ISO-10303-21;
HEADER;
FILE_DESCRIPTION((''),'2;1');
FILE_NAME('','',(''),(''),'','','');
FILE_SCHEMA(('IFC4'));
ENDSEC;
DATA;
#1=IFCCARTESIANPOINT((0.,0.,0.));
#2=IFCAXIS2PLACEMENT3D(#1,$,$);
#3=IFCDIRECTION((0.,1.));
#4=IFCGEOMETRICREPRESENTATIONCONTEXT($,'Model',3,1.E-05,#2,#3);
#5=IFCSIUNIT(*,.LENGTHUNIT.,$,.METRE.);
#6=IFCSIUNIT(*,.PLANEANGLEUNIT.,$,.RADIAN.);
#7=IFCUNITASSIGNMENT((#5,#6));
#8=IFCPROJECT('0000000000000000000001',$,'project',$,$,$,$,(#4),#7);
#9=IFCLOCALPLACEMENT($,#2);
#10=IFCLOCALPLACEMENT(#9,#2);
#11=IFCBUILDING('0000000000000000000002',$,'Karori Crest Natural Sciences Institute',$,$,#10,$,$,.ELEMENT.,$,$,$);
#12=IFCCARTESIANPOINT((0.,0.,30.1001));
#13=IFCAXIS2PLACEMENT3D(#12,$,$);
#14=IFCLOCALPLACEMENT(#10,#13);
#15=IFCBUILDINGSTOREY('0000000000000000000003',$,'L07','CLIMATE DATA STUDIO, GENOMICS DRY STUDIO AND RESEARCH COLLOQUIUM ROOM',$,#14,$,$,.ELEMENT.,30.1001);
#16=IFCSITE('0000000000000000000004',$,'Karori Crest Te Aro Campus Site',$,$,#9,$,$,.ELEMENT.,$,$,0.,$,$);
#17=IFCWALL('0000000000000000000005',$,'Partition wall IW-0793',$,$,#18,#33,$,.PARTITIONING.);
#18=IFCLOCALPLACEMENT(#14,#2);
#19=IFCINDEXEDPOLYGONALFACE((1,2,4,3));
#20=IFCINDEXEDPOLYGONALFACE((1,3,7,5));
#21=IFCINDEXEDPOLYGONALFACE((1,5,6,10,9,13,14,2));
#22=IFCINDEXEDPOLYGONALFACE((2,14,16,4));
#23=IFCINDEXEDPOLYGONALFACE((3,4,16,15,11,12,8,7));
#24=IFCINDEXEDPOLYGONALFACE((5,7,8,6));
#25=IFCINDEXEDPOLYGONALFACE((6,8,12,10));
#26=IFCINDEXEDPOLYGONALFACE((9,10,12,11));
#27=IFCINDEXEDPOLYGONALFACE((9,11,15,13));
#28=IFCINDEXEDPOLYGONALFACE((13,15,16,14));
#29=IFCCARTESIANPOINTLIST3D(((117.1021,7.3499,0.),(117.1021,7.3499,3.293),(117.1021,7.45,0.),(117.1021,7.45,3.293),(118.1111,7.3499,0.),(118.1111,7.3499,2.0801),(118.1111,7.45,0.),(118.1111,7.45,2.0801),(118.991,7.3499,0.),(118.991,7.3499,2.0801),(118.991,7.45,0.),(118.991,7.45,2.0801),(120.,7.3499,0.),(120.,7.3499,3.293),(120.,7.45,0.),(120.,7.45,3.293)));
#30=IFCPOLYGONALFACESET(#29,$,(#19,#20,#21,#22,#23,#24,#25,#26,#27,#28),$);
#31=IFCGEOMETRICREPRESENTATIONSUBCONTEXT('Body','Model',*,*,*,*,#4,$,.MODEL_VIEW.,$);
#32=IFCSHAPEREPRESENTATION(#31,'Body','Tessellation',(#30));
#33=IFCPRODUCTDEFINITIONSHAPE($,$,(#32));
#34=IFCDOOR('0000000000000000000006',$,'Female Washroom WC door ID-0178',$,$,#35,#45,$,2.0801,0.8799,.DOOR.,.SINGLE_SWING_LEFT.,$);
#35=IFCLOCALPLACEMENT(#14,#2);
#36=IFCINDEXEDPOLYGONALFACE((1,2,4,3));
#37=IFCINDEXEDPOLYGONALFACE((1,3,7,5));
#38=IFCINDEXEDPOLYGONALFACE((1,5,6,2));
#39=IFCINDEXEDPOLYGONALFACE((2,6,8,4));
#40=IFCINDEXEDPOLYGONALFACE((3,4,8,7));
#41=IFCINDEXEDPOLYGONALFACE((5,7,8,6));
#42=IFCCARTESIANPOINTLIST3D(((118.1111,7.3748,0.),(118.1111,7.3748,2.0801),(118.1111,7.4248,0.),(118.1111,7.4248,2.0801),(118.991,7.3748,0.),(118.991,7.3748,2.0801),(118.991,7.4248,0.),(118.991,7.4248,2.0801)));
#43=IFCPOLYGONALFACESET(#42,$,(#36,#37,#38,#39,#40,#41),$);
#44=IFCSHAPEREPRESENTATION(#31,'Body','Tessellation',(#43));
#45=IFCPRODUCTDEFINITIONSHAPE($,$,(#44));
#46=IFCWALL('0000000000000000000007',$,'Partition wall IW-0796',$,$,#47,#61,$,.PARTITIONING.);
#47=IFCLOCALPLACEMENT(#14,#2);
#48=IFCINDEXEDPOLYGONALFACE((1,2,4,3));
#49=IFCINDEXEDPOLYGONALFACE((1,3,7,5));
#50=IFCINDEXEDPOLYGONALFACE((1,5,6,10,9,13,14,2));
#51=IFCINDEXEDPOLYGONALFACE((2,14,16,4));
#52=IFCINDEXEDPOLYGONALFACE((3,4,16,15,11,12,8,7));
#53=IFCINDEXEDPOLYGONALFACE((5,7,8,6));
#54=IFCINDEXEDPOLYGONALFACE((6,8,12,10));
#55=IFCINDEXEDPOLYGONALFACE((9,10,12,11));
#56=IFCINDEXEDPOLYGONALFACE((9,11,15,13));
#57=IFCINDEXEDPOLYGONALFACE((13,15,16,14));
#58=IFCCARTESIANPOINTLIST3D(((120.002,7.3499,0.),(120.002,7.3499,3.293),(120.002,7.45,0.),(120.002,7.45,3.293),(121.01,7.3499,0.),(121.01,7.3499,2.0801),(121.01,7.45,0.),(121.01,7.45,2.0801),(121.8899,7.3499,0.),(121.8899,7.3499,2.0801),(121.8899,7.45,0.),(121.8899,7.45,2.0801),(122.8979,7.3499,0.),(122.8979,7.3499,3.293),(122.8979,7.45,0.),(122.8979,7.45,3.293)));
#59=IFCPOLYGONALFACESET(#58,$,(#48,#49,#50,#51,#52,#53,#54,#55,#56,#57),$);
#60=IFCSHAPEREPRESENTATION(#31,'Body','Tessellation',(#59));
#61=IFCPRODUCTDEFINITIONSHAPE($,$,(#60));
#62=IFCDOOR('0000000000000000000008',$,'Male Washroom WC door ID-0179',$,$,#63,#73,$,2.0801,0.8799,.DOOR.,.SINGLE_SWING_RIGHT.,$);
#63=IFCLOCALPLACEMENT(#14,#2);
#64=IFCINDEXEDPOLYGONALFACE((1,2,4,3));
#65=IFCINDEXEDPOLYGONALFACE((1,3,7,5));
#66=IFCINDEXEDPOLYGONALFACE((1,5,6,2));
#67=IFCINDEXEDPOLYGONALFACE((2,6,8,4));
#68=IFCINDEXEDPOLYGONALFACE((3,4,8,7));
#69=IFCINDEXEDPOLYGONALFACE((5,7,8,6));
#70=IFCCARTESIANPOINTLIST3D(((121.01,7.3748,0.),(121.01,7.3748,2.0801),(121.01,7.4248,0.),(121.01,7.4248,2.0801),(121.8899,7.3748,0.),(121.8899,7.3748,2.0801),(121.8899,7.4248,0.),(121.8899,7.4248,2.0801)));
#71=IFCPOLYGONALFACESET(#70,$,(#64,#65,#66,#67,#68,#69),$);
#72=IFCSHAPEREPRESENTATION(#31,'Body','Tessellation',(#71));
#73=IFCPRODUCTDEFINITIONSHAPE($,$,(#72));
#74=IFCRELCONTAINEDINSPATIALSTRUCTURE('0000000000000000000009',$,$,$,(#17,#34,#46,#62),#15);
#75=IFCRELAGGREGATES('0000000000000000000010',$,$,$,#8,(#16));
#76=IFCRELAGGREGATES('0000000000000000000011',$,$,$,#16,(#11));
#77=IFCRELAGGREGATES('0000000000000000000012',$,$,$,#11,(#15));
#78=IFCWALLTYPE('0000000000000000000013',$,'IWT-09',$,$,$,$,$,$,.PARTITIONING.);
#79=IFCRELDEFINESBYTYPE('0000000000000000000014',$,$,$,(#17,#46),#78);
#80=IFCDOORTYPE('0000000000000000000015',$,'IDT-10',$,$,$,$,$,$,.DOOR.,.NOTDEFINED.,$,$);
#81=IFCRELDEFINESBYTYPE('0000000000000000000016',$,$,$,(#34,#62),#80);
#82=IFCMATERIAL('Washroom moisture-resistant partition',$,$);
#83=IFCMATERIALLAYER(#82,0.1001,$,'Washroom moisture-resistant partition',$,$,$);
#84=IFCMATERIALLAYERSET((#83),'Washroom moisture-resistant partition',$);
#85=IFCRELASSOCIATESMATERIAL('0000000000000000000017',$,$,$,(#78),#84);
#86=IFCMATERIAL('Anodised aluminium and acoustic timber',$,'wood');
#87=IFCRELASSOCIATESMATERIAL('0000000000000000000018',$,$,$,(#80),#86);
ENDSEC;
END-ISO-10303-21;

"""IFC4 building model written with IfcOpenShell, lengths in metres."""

from ifc_helpers import new_model, si_unit, direction, frame, frame_2d, origin, place, context, subcontext, project, spatial, rectangle, extrude, material, layer, layer_set, type_object, element, fill, save


model = new_model("IFC4")

# Units and contexts
model_context = context("Model", 3, precision=1e-05, world=origin(), true_north=direction((0.0, 1.0)))
body_context = subcontext(model_context, "Body", "Model", "MODEL_VIEW")
ifc_project = project(units=[si_unit("LENGTHUNIT", "METRE"), si_unit("PLANEANGLEUNIT", "RADIAN")], contexts=[model_context])

# Site, building, storey
site_placement = place(None, origin())
site = spatial("IfcSite", under=ifc_project, at=site_placement, Name="Karori Crest Te Aro Campus Site", CompositionType="ELEMENT", RefElevation=0.0)
building_placement = place(site_placement, origin())
building = spatial("IfcBuilding", under=site, at=building_placement, Name="Karori Crest Natural Sciences Institute", CompositionType="ELEMENT")
storey_placement = place(building_placement, frame((0.0, 0.0, 30.1001)))
storey = spatial("IfcBuildingStorey", under=building, at=storey_placement, Name="L07", Description="CLIMATE DATA STUDIO, GENOMICS DRY STUDIO AND RESEARCH COLLOQUIUM ROOM", CompositionType="ELEMENT", Elevation=30.1001)

# Walls, openings, doors
ifc_material_1 = material(Name="Anodised aluminium and acoustic timber", Category="wood")
ifc_material_2 = material(Name="Washroom moisture-resistant partition")
ifc_layer_1 = layer(ifc_material_2, 0.1001, Name="Washroom moisture-resistant partition")
ifc_layer_set_1 = layer_set([ifc_layer_1], Name="Washroom moisture-resistant partition")
wall_type_1 = type_object("IfcWallType", Name="IWT-09", PredefinedType="PARTITIONING", material=ifc_layer_set_1)
wall_1_placement = place(storey_placement, frame((117.1021, 7.3999, 0.0), z_axis=(0.0, 0.0, 1.0), x_axis=(1.0, 0.0, 0.0)))
wall_1 = element("IfcWall", 1, at=wall_1_placement, inside=storey, type_object=wall_type_1, Name="Partition wall IW-0793", PredefinedType="PARTITIONING", context=body_context, shape_type="SweptSolid", body=[
    extrude(rectangle(XDim=2.8979, YDim=0.1001, at=frame_2d((1.449, 0.0))), origin(), (0.0, 0.0, 1.0), 3.293),
])
opening_1_placement = place(wall_1_placement, frame((1.009, 0.0, 0.0)))
opening_1 = element("IfcOpeningElement", 2, at=opening_1_placement, cuts=wall_1, PredefinedType="OPENING", context=body_context, shape_type="SweptSolid", body=[
    extrude(rectangle(XDim=0.8799, YDim=2.0801, at=frame_2d((0.4399, 1.04))), frame((0.0, 0.0601, 0.0), z_axis=(0.0, -1.0, 0.0), x_axis=(1.0, 0.0, 0.0)), (0.0, 0.0, 1.0), 0.1201),
])
door_type_1 = type_object("IfcDoorType", Name="IDT-10", OperationType="NOTDEFINED", PredefinedType="DOOR", material=ifc_material_1)
door_1_placement = place(opening_1_placement, origin())
door_1 = element("IfcDoor", 3, at=door_1_placement, inside=storey, type_object=door_type_1, Name="Female Washroom WC door ID-0178", OperationType="SINGLE_SWING_LEFT", OverallHeight=2.0801, OverallWidth=0.8799, PredefinedType="DOOR", context=body_context, shape_type="SweptSolid", body=[
    extrude(rectangle(XDim=0.8799, YDim=2.0801, at=frame_2d((0.4399, 1.04))), frame((0.0, 0.0249, 0.0), z_axis=(0.0, -1.0, 0.0), x_axis=(1.0, 0.0, 0.0)), (0.0, 0.0, 1.0), 0.05),
])
fill(opening_1, door_1)
wall_2_placement = place(storey_placement, frame((120.002, 7.3999, 0.0), z_axis=(0.0, 0.0, 1.0), x_axis=(1.0, 0.0, 0.0)))
wall_2 = element("IfcWall", 4, at=wall_2_placement, inside=storey, type_object=wall_type_1, Name="Partition wall IW-0796", PredefinedType="PARTITIONING", context=body_context, shape_type="SweptSolid", body=[
    extrude(rectangle(XDim=2.896, YDim=0.1001, at=frame_2d((1.448, 0.0))), origin(), (0.0, 0.0, 1.0), 3.293),
])
opening_2_placement = place(wall_2_placement, frame((1.0081, 0.0, 0.0)))
opening_2 = element("IfcOpeningElement", 5, at=opening_2_placement, cuts=wall_2, PredefinedType="OPENING", context=body_context, shape_type="SweptSolid", body=[
    extrude(rectangle(XDim=0.8799, YDim=2.0801, at=frame_2d((0.4399, 1.04))), frame((0.0, 0.0601, 0.0), z_axis=(0.0, -1.0, 0.0), x_axis=(1.0, 0.0, 0.0)), (0.0, 0.0, 1.0), 0.1201),
])
door_2_placement = place(opening_2_placement, origin())
door_2 = element("IfcDoor", 6, at=door_2_placement, inside=storey, type_object=door_type_1, Name="Male Washroom WC door ID-0179", OperationType="SINGLE_SWING_RIGHT", OverallHeight=2.0801, OverallWidth=0.8799, PredefinedType="DOOR", context=body_context, shape_type="SweptSolid", body=[
    extrude(rectangle(XDim=0.8799, YDim=2.0801, at=frame_2d((0.4399, 1.04))), frame((0.0, 0.0249, 0.0), z_axis=(0.0, -1.0, 0.0), x_axis=(1.0, 0.0, 0.0)), (0.0, 0.0, 1.0), 0.05),
])
fill(opening_2, door_2)

save(model, "model.ifc")
